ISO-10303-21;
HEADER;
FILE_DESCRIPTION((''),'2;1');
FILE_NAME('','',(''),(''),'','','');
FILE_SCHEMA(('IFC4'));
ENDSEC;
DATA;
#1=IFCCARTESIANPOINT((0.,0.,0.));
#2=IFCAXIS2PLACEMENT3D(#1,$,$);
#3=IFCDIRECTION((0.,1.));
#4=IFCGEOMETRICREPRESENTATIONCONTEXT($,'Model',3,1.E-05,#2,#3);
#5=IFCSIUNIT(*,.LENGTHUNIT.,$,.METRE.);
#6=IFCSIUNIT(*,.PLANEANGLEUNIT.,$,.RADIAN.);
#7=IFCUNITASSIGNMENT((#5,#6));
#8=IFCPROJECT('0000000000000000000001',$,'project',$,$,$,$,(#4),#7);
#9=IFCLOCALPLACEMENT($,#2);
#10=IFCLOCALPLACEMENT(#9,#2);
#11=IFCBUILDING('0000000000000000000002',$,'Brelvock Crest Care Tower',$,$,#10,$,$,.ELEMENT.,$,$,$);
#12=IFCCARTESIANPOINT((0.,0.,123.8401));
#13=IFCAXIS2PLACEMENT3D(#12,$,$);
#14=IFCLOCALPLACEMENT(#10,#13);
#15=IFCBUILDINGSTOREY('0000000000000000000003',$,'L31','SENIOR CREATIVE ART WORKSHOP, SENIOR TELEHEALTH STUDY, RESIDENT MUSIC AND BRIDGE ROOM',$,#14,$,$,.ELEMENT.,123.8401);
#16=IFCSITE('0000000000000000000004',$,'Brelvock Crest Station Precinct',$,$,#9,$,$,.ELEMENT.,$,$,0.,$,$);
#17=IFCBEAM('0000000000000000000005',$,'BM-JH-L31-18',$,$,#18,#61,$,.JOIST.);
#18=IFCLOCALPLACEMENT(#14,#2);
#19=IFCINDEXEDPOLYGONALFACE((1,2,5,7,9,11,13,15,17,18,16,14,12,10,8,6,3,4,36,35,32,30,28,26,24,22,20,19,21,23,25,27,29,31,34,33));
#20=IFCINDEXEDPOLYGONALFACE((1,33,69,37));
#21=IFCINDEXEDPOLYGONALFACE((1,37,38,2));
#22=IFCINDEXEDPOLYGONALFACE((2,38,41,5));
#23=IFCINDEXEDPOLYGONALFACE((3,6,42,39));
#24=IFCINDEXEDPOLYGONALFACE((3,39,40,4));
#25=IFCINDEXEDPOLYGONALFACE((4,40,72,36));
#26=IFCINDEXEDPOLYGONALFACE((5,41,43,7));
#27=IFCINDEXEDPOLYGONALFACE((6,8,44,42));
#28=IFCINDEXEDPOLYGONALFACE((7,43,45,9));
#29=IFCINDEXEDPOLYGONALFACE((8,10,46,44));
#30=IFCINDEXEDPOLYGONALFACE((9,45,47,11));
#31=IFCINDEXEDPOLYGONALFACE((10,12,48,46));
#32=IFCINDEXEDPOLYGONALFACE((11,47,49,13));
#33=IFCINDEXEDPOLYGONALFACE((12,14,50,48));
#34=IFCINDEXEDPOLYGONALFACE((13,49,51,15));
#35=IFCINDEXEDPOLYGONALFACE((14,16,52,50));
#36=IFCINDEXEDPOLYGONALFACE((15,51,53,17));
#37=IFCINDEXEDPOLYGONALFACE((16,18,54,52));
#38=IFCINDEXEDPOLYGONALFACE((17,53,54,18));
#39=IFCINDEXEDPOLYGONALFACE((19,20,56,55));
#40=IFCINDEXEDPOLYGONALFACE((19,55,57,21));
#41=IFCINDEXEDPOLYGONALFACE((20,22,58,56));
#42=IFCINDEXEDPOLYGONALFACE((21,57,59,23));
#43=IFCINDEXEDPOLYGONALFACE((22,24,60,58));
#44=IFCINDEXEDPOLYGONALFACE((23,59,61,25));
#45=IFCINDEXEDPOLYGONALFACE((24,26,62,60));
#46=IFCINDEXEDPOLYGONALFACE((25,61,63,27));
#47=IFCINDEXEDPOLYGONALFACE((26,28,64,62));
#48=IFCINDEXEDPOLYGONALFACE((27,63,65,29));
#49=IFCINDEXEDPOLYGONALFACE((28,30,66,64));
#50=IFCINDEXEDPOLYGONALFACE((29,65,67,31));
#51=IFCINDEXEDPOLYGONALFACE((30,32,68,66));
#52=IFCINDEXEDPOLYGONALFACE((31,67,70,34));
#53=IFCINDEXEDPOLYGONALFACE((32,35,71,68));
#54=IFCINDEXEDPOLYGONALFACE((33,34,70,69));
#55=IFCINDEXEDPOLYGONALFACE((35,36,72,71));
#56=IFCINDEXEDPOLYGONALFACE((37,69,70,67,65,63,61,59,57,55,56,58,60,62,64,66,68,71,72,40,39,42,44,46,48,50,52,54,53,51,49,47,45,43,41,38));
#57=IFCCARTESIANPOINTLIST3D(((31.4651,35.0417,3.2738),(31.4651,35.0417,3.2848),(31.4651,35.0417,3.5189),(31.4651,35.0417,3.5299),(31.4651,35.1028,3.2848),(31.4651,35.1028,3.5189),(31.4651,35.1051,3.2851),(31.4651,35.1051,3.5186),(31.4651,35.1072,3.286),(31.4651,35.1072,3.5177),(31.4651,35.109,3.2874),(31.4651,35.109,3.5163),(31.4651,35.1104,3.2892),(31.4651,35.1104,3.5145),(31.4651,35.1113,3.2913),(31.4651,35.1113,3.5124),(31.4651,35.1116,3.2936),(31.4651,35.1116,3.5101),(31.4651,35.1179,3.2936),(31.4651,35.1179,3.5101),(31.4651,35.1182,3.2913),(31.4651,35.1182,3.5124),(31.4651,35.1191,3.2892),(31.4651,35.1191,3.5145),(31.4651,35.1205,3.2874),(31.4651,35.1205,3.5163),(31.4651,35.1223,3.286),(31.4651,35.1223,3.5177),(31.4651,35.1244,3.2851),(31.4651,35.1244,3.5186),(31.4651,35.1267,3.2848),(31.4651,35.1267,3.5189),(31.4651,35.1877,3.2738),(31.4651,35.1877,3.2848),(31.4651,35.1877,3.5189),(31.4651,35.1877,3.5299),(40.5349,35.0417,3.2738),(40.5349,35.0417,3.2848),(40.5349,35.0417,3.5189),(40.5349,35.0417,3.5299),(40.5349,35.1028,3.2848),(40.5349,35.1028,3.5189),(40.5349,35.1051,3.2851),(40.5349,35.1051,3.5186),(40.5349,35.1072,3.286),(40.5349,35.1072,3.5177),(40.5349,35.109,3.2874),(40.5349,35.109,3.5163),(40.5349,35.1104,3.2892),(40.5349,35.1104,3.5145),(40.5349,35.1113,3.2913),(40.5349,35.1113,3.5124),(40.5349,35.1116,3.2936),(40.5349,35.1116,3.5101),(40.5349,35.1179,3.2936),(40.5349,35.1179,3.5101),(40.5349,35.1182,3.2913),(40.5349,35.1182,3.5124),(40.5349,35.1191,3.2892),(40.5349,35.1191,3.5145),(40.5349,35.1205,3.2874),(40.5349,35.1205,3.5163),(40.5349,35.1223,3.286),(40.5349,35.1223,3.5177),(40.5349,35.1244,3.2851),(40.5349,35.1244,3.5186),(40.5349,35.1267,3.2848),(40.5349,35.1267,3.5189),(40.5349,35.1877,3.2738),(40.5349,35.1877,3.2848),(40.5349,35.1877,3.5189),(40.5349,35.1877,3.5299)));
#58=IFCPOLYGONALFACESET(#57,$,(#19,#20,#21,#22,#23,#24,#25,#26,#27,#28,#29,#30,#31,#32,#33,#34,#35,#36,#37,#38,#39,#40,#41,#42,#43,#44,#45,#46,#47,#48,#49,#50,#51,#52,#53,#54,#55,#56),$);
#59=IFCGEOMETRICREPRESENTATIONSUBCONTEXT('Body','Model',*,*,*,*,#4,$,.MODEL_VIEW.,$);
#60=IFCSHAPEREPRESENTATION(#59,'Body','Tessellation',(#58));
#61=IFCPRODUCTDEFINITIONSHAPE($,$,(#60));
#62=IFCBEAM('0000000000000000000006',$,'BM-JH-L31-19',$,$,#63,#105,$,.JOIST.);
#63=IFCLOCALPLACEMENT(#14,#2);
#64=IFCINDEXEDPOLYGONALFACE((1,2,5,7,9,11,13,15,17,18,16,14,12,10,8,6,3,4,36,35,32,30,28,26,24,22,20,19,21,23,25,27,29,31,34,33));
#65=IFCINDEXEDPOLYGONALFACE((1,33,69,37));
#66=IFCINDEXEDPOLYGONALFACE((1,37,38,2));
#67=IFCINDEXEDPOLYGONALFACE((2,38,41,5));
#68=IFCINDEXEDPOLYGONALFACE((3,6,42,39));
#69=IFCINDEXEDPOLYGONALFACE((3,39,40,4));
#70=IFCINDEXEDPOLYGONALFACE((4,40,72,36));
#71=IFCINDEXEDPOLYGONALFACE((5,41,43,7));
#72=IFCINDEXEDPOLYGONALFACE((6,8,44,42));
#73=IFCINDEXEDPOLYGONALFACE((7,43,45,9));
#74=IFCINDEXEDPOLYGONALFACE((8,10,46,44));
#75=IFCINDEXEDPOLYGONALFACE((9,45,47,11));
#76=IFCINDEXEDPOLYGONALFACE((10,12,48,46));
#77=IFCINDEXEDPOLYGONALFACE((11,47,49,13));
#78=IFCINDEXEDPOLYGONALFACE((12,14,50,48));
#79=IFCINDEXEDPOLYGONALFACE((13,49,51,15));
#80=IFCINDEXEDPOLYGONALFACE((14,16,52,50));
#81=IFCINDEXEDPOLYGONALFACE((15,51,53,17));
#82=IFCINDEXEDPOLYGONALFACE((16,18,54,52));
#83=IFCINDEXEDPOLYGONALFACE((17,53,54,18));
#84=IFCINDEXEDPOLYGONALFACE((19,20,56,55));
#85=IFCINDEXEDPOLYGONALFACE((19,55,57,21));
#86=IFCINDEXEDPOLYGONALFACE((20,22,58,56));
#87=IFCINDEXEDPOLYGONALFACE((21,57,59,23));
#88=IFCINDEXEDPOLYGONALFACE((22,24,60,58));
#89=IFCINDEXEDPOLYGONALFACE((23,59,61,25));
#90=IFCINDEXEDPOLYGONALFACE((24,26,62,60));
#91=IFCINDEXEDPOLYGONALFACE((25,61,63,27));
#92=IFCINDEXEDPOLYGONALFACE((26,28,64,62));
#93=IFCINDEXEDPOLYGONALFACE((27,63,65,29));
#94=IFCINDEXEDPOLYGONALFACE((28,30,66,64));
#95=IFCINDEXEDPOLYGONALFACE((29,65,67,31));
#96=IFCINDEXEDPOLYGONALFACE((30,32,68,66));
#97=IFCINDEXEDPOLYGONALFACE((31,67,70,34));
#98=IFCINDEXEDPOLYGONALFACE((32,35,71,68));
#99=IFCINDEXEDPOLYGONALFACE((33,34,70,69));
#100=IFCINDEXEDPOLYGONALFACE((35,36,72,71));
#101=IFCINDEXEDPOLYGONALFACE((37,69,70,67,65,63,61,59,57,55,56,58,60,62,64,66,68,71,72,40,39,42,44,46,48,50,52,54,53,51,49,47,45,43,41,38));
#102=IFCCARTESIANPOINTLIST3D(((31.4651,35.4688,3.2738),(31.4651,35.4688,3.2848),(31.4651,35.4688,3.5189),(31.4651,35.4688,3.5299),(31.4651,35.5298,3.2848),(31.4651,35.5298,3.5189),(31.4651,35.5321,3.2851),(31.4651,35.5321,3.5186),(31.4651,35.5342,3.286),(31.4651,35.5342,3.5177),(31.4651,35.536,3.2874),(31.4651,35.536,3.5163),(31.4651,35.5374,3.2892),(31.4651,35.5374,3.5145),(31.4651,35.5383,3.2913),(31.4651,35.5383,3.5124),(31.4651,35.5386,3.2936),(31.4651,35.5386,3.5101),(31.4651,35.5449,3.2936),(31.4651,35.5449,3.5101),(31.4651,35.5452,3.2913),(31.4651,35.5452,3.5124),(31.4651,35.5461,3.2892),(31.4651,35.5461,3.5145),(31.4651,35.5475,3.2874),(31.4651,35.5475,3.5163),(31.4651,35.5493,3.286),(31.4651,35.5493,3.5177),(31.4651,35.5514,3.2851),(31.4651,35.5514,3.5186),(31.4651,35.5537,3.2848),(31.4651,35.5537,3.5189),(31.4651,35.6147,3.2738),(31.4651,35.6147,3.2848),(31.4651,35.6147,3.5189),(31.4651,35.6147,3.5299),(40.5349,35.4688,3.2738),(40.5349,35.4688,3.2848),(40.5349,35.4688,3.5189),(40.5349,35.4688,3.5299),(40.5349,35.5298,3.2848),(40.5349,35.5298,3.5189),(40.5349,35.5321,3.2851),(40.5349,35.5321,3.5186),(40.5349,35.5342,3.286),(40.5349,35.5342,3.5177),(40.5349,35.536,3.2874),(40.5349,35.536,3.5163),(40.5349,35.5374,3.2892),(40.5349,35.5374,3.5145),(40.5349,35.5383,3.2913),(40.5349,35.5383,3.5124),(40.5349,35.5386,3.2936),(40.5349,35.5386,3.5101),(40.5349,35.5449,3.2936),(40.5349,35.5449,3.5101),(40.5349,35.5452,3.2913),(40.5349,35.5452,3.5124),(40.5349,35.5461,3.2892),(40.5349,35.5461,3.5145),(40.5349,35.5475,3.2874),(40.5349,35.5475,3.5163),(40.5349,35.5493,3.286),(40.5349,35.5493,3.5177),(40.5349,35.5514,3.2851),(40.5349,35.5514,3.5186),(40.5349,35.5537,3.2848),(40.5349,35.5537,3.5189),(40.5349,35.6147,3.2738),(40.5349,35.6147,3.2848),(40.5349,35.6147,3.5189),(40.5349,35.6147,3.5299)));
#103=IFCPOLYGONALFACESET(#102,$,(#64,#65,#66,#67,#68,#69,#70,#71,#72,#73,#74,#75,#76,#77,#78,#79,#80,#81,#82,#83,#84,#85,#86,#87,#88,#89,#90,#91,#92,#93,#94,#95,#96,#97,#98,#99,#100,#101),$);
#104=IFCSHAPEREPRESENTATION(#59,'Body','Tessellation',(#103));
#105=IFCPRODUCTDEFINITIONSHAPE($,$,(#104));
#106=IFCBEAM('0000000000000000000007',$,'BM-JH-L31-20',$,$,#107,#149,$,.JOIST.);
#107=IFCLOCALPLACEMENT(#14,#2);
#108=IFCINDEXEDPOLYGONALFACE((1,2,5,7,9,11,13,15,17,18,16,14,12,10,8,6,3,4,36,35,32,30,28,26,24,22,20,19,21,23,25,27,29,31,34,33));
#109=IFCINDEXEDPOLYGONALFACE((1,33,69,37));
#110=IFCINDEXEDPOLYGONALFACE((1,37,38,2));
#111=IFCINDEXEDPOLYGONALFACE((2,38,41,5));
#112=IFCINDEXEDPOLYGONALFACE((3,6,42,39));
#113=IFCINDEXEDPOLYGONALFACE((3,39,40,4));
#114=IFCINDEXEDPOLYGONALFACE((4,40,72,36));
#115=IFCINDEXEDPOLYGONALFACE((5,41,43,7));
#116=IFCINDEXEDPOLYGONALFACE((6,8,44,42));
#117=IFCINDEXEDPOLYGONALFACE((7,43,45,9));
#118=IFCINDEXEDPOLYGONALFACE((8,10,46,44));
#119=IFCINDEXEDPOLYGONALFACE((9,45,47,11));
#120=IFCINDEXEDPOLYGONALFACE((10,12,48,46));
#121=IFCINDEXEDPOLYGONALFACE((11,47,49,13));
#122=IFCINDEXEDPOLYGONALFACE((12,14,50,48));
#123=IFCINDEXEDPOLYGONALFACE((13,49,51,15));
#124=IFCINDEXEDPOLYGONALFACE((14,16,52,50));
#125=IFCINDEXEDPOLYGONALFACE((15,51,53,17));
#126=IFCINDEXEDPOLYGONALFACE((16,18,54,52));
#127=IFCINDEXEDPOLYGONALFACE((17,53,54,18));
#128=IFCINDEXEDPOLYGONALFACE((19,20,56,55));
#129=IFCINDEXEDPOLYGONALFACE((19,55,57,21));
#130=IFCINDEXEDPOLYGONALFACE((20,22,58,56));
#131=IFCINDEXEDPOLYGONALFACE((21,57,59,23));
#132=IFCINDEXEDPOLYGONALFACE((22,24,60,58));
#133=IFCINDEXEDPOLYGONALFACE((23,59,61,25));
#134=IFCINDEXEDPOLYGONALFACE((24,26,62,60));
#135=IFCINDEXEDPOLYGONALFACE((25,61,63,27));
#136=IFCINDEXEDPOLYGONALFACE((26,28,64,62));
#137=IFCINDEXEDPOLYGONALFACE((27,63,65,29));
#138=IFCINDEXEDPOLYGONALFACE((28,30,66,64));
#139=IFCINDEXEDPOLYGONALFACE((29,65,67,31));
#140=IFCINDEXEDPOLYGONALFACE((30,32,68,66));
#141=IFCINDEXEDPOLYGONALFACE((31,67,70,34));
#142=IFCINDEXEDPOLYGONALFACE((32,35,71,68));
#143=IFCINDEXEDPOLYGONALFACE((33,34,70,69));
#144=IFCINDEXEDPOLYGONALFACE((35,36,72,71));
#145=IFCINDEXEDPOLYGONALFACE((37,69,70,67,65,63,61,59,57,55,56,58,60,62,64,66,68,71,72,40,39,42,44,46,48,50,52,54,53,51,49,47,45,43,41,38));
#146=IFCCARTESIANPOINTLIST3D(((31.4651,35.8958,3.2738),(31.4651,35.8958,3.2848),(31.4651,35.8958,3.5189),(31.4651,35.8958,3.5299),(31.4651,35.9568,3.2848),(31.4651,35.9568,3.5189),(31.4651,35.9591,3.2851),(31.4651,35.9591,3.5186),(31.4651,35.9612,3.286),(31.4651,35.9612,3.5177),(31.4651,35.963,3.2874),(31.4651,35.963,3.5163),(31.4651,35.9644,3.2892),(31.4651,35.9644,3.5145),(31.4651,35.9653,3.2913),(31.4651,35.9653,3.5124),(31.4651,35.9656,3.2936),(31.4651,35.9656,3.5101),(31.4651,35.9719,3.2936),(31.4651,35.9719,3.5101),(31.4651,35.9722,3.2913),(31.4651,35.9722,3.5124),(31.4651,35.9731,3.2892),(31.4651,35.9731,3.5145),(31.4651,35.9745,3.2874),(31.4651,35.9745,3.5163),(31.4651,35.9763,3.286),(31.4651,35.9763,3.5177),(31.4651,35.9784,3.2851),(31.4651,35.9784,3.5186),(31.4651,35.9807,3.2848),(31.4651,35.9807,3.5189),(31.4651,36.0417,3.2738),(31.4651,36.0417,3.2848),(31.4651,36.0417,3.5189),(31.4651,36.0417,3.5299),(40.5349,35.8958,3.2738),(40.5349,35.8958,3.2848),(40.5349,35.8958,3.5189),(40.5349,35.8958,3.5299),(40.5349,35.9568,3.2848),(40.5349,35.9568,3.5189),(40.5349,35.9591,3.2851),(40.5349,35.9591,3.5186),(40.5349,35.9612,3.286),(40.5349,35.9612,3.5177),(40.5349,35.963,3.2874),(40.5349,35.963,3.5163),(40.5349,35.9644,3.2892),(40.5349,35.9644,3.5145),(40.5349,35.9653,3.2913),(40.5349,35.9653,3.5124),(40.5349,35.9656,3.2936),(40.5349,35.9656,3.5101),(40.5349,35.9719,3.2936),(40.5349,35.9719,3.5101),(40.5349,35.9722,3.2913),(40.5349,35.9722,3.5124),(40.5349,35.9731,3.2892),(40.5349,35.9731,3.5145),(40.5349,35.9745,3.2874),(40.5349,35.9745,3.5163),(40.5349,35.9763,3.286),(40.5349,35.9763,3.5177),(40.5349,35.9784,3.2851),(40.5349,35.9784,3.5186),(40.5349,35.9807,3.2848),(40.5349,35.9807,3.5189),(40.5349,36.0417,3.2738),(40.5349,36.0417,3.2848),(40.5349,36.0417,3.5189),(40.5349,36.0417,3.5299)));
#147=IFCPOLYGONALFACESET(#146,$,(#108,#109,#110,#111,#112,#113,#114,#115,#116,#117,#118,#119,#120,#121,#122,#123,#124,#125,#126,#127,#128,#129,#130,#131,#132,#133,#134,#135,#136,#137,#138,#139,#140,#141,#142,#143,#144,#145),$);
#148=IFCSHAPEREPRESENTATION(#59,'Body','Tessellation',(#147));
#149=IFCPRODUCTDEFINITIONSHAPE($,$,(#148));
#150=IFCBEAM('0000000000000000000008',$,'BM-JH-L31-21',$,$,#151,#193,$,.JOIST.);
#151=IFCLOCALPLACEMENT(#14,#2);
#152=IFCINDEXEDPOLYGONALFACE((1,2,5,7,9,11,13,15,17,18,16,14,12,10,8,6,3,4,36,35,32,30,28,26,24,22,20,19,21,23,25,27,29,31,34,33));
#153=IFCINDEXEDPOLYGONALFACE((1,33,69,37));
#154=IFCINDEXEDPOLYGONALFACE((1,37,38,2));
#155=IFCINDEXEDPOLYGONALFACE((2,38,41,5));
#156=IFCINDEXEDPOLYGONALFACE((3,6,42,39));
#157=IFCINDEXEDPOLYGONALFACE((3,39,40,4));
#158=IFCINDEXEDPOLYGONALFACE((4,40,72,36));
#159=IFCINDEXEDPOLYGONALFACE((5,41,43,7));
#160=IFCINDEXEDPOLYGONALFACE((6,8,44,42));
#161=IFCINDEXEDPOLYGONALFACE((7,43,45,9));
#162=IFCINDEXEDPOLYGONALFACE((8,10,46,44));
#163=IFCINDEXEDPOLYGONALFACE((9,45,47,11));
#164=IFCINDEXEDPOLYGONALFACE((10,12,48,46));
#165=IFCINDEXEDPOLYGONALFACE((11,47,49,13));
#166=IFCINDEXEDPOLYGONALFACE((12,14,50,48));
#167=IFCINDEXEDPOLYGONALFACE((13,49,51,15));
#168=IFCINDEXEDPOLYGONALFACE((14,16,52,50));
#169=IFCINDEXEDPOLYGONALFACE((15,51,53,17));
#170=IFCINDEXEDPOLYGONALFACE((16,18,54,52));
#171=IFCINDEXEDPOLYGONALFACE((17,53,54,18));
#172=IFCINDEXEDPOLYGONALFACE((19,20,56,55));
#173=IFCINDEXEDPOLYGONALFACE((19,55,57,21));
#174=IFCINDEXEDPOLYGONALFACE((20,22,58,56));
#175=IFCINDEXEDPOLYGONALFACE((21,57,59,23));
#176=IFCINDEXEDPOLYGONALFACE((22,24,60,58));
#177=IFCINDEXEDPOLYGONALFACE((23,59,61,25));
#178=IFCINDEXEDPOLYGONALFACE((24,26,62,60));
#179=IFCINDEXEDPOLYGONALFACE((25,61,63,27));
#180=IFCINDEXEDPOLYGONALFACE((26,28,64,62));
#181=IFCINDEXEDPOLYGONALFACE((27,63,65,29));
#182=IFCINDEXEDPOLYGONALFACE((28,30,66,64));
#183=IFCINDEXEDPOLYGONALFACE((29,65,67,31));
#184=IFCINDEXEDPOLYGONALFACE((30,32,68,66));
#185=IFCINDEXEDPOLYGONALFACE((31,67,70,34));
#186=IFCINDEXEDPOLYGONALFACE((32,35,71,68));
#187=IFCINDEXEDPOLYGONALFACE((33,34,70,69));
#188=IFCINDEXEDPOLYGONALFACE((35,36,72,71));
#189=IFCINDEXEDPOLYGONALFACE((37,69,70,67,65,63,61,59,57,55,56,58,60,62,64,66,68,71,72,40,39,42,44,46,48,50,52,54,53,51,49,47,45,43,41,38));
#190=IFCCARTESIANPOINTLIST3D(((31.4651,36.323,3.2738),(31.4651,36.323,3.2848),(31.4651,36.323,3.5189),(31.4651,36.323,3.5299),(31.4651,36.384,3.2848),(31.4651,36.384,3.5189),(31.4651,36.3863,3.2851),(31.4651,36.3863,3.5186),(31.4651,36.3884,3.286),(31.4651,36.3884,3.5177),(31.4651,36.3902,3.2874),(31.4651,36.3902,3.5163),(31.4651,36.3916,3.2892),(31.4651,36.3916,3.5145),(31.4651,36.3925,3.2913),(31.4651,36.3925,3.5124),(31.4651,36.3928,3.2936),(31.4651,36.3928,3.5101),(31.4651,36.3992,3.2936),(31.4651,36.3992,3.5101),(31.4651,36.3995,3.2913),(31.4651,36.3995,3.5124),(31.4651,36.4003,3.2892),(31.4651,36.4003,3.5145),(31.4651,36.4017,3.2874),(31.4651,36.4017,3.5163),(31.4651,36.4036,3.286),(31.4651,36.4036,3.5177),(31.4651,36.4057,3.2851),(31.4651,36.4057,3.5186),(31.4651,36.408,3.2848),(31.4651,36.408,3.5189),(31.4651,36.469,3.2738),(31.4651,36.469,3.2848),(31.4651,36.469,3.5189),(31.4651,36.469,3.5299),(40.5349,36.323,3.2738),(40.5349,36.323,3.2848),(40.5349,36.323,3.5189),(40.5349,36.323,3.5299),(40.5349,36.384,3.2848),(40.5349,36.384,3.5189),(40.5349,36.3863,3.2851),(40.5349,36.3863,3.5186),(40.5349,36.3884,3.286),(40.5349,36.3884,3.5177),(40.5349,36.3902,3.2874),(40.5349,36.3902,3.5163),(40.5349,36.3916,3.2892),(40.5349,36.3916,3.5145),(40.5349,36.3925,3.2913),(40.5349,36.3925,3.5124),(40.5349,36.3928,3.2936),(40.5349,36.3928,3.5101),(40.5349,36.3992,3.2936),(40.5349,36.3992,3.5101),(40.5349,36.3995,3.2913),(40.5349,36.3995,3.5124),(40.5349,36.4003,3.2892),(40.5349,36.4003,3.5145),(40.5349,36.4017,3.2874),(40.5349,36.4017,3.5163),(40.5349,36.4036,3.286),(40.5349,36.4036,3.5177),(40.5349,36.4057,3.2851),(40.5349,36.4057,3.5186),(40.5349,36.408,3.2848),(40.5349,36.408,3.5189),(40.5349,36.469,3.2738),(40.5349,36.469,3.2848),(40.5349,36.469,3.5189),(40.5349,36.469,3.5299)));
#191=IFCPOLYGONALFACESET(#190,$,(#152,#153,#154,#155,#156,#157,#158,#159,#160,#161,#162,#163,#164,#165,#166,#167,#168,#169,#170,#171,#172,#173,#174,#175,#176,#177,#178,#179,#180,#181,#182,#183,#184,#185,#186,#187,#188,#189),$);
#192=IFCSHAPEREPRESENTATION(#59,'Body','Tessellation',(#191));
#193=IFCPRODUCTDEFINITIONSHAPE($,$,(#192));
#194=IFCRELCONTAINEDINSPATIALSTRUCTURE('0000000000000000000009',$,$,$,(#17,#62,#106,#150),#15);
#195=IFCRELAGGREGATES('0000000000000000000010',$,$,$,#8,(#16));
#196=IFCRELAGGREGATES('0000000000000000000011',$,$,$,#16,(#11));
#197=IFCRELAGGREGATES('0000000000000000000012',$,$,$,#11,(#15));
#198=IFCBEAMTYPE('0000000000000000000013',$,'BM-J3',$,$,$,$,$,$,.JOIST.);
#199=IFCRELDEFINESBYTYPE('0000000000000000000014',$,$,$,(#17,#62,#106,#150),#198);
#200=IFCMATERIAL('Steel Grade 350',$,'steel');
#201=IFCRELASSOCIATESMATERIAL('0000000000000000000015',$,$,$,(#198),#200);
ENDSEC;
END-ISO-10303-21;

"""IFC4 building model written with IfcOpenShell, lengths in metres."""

from ifc_helpers import new_model, si_unit, direction, frame, origin, origin_2d, place, context, subcontext, project, spatial, i_section, extrude, source, transform, mapped, material, material_profile, profile_set, type_object, element, save


model = new_model("IFC4")

# Units and contexts
model_context = context("Model", 3, precision=1e-05, world=origin(), true_north=direction((0.0, 1.0)))
body_context = subcontext(model_context, "Body", "Model", "MODEL_VIEW")
ifc_project = project(units=[si_unit("LENGTHUNIT", "METRE"), si_unit("PLANEANGLEUNIT", "RADIAN")], contexts=[model_context])

# Site, building, storey
site_placement = place(None, origin())
site = spatial("IfcSite", under=ifc_project, at=site_placement, Name="Brelvock Crest Station Precinct", CompositionType="ELEMENT", RefElevation=0.0)
building_placement = place(site_placement, origin())
building = spatial("IfcBuilding", under=site, at=building_placement, Name="Brelvock Crest Care Tower", CompositionType="ELEMENT")
storey_placement = place(building_placement, frame((0.0, 0.0, 123.8401)))
storey = spatial("IfcBuildingStorey", under=building, at=storey_placement, Name="L31", Description="SENIOR CREATIVE ART WORKSHOP, SENIOR TELEHEALTH STUDY, RESIDENT MUSIC AND BRIDGE ROOM", CompositionType="ELEMENT", Elevation=123.8401)

# Beams
ifc_material_1 = material(Name="Steel Grade 350", Category="steel")
ifc_material_profile_1 = material_profile(ifc_material_1, i_section(OverallWidth=0.146, OverallDepth=0.2561, WebThickness=0.0063, FlangeThickness=0.011, FilletRadius=0.0088, at=origin_2d()), Name="250UB37.3")
ifc_profile_set_1 = profile_set([ifc_material_profile_1], Name="Steel Grade 350")
beam_type_1 = type_object("IfcBeamType", Name="BM-J3", PredefinedType="JOIST", material=ifc_profile_set_1)
shared_shape_1 = source(origin(), body_context, "Body", "SweptSolid", [
    extrude(i_section(OverallWidth=0.146, OverallDepth=0.2561, WebThickness=0.0063, FlangeThickness=0.011, FilletRadius=0.0088, at=origin_2d()), origin(), (0.0, 0.0, 1.0), 9.0698),
])
for number, where, z_axis, x_axis, name in (
    (1, (31.4651, 35.1147, 3.4019), (1.0, 0.0, 0.0), (0.0, 1.0, 0.0), "BM-JH-L31-18"),
    (2, (31.4651, 35.5417, 3.4019), (1.0, 0.0, 0.0), (0.0, 1.0, 0.0), "BM-JH-L31-19"),
    (3, (31.4651, 35.9688, 3.4019), (1.0, 0.0, 0.0), (0.0, 1.0, 0.0), "BM-JH-L31-20"),
    (4, (31.4651, 36.396, 3.4019), (1.0, 0.0, 0.0), (0.0, 1.0, 0.0), "BM-JH-L31-21"),
):
    element("IfcBeam", number, at=place(storey_placement, frame(where, z_axis=z_axis, x_axis=x_axis)), inside=storey, type_object=beam_type_1, Name=name, PredefinedType="JOIST", context=body_context, shape_type="MappedRepresentation", body=[
        mapped(shared_shape_1, transform((0.0, 0.0, 0.0), x_axis=(1.0, 0.0, 0.0), y_axis=(0.0, 1.0, 0.0), z_axis=(0.0, 0.0, 1.0), scale=1.0)),
    ])

save(model, "model.ifc")
